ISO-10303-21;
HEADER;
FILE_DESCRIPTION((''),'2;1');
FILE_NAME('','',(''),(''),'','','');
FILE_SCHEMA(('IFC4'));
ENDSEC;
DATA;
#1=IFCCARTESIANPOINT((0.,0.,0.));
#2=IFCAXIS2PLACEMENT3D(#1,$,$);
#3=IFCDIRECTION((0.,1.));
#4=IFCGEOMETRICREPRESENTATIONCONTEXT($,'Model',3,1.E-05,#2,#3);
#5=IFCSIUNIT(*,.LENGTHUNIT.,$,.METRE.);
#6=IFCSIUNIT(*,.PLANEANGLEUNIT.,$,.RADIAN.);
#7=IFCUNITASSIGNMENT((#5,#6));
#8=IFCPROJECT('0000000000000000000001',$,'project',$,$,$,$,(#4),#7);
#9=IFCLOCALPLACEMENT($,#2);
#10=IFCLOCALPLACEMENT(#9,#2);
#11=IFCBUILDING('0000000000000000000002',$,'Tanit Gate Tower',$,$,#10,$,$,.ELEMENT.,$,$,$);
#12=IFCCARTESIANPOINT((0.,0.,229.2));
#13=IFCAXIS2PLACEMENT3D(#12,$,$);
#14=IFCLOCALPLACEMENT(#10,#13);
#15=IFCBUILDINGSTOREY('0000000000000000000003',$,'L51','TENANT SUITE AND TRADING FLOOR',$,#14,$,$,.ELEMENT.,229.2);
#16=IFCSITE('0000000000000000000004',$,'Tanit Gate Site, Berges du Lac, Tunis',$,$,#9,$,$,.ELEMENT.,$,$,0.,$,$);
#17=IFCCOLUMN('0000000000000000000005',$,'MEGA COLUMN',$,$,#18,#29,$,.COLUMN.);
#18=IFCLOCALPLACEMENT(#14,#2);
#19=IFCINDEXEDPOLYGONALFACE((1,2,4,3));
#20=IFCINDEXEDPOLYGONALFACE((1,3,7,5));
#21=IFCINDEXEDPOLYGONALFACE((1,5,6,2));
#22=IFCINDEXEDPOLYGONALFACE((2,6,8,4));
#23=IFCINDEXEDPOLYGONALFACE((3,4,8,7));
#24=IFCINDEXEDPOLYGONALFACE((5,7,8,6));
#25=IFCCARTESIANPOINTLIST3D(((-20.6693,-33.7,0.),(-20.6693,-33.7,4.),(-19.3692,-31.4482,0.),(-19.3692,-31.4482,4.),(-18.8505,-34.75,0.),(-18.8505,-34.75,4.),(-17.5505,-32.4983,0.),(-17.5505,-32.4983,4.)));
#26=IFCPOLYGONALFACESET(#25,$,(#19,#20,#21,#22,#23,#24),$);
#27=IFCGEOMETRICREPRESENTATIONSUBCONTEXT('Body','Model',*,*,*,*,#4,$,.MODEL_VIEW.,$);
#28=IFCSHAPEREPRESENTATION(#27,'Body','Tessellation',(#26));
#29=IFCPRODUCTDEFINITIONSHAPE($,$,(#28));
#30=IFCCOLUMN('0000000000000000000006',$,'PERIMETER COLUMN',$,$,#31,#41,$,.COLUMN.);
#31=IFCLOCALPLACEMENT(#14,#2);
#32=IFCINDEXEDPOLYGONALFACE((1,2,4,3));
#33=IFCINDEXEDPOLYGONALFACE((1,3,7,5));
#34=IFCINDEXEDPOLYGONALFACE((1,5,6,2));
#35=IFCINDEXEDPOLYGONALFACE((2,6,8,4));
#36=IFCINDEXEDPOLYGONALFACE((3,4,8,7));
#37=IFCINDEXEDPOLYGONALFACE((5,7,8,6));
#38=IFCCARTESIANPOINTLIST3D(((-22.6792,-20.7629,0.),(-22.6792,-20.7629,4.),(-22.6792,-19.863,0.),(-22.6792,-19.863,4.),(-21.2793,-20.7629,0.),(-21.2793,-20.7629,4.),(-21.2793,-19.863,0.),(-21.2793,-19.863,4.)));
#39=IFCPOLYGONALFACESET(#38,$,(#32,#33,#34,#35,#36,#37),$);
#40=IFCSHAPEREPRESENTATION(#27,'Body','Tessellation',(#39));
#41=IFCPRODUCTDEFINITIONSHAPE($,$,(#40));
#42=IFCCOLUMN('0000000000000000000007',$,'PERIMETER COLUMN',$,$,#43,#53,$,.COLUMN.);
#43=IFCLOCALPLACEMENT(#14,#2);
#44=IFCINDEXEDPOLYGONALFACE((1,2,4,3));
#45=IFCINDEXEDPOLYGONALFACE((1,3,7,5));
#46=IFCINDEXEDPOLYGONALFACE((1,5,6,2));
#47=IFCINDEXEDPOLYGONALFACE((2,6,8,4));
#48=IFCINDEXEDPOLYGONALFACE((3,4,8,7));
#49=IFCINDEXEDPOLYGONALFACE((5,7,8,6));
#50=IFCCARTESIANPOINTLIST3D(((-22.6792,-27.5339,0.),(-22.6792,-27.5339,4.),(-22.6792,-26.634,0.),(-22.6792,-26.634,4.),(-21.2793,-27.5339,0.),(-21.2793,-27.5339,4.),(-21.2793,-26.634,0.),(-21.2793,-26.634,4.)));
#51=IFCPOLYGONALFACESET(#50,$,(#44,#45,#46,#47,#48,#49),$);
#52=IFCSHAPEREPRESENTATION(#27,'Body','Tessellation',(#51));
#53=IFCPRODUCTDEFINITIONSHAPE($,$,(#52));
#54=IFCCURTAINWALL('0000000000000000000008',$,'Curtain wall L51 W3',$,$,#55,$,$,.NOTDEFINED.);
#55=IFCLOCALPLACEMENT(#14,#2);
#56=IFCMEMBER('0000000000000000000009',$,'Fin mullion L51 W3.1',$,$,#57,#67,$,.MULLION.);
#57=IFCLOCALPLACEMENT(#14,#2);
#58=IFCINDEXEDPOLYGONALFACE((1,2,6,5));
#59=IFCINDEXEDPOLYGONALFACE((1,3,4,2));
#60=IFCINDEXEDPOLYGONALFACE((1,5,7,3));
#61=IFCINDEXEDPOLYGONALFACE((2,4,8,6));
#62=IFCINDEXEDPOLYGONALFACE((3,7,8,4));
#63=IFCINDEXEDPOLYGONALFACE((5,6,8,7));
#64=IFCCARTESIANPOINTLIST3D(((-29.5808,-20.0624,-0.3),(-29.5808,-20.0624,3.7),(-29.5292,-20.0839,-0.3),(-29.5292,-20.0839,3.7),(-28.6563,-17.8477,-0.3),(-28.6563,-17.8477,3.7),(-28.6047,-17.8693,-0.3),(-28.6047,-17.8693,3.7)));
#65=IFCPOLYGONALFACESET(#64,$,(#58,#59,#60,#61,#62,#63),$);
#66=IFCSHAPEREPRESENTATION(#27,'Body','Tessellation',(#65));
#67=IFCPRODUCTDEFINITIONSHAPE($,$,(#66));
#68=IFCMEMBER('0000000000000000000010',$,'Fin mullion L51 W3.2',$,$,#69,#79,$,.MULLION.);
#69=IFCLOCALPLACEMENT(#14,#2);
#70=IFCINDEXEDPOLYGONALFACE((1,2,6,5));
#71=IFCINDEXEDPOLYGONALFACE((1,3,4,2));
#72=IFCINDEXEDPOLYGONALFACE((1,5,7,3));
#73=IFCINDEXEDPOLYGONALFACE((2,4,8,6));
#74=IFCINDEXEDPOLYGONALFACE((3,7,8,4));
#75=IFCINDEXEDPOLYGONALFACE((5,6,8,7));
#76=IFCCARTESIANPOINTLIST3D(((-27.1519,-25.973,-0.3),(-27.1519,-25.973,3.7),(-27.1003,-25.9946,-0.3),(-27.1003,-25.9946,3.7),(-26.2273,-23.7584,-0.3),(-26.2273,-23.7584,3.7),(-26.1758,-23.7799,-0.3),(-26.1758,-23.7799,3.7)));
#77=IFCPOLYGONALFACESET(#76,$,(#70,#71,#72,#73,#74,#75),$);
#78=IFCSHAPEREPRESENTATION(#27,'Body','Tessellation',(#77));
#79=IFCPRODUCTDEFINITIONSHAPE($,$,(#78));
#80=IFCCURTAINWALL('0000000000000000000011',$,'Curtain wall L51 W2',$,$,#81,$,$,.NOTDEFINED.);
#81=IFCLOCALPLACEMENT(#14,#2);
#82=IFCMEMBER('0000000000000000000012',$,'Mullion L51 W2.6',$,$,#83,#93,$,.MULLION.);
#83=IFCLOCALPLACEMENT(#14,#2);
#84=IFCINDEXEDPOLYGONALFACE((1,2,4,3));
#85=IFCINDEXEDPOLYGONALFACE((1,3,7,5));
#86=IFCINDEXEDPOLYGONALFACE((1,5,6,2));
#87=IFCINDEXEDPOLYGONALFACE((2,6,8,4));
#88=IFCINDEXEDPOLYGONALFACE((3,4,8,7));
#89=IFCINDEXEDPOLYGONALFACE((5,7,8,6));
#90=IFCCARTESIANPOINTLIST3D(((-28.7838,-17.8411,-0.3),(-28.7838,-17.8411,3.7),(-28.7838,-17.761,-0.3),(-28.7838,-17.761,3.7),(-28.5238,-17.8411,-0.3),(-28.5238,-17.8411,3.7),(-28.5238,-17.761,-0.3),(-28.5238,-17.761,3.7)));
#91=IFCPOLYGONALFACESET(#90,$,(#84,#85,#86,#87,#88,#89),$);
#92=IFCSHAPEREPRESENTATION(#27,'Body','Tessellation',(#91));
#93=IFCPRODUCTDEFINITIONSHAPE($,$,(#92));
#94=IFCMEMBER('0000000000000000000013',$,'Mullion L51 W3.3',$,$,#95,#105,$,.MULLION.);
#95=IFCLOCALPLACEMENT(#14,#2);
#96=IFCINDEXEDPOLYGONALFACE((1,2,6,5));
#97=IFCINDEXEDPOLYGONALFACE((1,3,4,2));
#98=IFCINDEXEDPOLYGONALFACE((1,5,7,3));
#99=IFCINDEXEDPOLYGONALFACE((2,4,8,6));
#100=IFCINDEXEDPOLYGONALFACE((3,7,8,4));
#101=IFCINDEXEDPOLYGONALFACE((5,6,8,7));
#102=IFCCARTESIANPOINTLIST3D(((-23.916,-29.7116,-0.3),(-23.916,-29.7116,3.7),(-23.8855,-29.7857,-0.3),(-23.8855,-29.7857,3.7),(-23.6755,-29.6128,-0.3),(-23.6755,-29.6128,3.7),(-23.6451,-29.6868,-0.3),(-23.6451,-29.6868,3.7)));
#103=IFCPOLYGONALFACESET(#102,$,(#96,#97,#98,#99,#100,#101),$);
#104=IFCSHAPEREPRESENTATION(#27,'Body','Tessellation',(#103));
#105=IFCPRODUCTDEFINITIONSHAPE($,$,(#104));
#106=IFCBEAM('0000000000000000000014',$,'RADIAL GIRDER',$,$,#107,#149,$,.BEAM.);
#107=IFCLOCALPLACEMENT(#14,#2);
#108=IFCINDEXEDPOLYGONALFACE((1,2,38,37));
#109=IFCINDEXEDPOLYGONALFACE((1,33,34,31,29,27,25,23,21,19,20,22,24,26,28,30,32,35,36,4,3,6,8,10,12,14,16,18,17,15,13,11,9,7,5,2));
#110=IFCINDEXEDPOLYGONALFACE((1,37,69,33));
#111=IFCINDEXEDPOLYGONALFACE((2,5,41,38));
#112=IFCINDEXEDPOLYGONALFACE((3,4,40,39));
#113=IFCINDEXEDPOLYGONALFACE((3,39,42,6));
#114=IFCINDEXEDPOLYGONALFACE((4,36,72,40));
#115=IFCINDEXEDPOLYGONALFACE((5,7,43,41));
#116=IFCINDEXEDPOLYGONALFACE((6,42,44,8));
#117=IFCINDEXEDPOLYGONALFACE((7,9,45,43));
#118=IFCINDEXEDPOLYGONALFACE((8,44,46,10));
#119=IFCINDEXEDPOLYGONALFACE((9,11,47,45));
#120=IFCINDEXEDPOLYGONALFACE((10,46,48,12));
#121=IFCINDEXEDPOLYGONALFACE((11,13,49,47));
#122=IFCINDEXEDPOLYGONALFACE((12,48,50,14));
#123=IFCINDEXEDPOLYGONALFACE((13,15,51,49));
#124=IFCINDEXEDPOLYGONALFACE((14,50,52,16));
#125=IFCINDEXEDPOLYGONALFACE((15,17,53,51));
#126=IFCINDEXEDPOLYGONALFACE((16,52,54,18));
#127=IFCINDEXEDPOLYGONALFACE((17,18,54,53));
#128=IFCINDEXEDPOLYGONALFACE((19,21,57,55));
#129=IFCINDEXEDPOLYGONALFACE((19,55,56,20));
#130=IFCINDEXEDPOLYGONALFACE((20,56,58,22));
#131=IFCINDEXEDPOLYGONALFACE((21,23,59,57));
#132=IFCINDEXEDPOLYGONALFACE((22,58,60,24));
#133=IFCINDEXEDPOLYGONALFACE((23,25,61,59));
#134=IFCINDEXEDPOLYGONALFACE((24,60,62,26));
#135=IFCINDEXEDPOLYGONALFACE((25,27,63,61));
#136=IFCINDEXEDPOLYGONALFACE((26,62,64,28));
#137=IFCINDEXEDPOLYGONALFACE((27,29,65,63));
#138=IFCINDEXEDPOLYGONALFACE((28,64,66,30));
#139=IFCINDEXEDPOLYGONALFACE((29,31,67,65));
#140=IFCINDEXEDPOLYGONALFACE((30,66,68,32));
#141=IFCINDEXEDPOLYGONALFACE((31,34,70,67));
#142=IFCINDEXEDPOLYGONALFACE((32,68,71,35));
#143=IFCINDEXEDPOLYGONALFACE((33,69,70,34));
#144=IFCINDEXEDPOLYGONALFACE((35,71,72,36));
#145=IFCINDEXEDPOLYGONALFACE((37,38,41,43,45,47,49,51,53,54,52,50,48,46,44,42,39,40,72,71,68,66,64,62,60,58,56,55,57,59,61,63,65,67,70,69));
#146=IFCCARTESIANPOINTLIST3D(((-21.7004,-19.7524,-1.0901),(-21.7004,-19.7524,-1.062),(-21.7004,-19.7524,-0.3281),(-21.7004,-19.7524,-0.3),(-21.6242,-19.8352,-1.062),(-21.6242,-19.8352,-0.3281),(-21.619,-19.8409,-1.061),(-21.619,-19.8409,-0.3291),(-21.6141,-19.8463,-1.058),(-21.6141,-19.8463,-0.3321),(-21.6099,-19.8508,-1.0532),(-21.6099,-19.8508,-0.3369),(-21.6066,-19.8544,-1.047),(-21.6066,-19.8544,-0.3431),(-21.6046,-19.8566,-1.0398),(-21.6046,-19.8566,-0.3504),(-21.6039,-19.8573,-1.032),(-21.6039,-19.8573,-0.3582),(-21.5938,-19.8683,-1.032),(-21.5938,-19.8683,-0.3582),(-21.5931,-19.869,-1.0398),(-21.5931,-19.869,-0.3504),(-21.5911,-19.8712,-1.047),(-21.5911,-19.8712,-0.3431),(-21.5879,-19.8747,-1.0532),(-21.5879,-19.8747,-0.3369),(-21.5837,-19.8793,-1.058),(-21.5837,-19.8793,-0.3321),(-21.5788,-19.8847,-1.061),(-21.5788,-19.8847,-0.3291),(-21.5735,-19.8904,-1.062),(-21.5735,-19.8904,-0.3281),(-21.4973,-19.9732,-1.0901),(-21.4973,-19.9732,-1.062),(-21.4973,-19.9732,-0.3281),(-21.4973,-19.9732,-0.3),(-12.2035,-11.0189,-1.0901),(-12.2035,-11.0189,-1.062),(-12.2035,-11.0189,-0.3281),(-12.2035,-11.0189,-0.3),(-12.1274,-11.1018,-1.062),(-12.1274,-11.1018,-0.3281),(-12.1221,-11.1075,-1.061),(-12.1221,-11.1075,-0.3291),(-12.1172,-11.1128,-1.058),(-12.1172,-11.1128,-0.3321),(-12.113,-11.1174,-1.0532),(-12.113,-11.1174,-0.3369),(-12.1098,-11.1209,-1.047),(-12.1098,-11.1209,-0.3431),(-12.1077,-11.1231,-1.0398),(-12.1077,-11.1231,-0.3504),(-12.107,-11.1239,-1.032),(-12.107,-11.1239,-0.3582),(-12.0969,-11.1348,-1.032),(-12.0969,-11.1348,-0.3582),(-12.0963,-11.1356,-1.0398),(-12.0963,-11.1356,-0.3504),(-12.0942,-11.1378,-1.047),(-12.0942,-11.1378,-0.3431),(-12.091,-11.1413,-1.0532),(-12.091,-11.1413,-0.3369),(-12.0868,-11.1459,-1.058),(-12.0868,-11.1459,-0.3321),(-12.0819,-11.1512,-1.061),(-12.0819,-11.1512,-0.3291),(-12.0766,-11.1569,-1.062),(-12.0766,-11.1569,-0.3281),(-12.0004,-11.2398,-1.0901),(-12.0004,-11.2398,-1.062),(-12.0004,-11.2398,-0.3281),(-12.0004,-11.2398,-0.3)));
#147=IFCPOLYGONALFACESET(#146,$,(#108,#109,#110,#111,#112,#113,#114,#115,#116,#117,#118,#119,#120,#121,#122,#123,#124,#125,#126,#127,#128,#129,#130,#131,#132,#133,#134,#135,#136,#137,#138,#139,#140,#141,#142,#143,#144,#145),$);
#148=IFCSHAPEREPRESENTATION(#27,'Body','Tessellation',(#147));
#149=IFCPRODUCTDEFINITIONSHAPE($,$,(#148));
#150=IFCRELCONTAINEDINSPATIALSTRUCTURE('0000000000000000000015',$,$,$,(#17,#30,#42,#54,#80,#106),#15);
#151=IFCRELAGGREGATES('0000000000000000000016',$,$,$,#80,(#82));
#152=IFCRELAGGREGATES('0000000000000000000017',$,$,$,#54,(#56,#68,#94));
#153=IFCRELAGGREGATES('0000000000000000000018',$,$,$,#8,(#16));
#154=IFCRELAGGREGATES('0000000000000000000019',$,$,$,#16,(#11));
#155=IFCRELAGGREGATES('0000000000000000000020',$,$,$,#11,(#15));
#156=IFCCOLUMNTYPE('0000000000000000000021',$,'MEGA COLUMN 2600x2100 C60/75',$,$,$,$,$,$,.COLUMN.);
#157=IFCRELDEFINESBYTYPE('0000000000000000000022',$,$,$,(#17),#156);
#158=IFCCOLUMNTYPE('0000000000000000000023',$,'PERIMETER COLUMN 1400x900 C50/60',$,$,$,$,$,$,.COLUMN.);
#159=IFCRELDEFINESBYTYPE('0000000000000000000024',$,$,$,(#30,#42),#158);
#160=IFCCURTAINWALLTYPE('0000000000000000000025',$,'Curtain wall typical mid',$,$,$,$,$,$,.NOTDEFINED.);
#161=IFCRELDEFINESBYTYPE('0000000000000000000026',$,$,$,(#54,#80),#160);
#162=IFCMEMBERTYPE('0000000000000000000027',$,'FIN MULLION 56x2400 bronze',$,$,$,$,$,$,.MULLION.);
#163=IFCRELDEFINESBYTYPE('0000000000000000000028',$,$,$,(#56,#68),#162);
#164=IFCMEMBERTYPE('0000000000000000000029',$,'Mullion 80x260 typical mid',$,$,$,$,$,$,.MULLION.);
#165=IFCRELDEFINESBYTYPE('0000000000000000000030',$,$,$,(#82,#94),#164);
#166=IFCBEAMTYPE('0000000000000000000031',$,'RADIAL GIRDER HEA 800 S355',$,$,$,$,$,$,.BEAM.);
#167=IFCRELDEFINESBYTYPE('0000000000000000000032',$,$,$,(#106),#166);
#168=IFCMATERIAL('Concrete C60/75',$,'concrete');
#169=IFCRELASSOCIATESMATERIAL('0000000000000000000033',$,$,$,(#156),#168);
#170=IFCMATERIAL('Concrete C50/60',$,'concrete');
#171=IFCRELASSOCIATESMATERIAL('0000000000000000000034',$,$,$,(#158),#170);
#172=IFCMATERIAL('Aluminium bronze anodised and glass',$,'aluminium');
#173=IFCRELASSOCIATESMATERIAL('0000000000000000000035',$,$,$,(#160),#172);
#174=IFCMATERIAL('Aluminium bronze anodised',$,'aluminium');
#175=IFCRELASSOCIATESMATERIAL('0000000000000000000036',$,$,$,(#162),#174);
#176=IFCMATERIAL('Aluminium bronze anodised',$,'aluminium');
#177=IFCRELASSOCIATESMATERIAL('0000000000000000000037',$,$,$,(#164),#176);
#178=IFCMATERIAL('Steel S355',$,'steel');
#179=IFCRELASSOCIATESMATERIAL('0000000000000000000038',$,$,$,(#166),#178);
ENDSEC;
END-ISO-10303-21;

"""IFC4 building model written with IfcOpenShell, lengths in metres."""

from ifc_helpers import new_model, si_unit, direction, frame, origin, origin_2d, place, context, subcontext, project, spatial, rectangle, i_section, extrude, material, material_profile, profile_set, type_object, element, aggregate, save


model = new_model("IFC4")

# Units and contexts
model_context = context("Model", 3, precision=1e-05, world=origin(), true_north=direction((0.0, 1.0)))
body_context = subcontext(model_context, "Body", "Model", "MODEL_VIEW")
ifc_project = project(units=[si_unit("LENGTHUNIT", "METRE"), si_unit("PLANEANGLEUNIT", "RADIAN")], contexts=[model_context])

# Site, building, storey
site_placement = place(None, origin())
site = spatial("IfcSite", under=ifc_project, at=site_placement, Name="Tanit Gate Site, Berges du Lac, Tunis", CompositionType="ELEMENT", RefElevation=0.0)
building_placement = place(site_placement, origin())
building = spatial("IfcBuilding", under=site, at=building_placement, Name="Tanit Gate Tower", CompositionType="ELEMENT")
storey_placement = place(building_placement, frame((0.0, 0.0, 229.2)))
storey = spatial("IfcBuildingStorey", under=building, at=storey_placement, Name="L51", Description="TENANT SUITE AND TRADING FLOOR", CompositionType="ELEMENT", Elevation=229.2)

# Columns
ifc_material_1 = material(Name="Concrete C60/75", Category="concrete")
ifc_material_profile_1 = material_profile(ifc_material_1, rectangle(XDim=2.6001, YDim=2.1001, at=origin_2d()), Name="RC 2600x2100")
ifc_profile_set_1 = profile_set([ifc_material_profile_1], Name="Concrete C60/75")
column_type_1 = type_object("IfcColumnType", Name="MEGA COLUMN 2600x2100 C60/75", PredefinedType="COLUMN", material=ifc_profile_set_1)
column_placement = place(storey_placement, frame((-19.1099, -33.0991, 0.0), z_axis=(0.0, 0.0, 1.0), x_axis=(-0.5, -0.866025, 0.0)))
element("IfcColumn", 1, at=column_placement, inside=storey, type_object=column_type_1, Name="MEGA COLUMN", PredefinedType="COLUMN", context=body_context, shape_type="SweptSolid", body=[
    extrude(rectangle(XDim=2.6001, YDim=2.1001, at=origin_2d()), origin(), (0.0, 0.0, 1.0), 4.0),
])
ifc_material_2 = material(Name="Concrete C50/60", Category="concrete")
ifc_material_profile_2 = material_profile(ifc_material_2, rectangle(XDim=1.3999, YDim=0.8999, at=origin_2d()), Name="RC 1400x900")
ifc_profile_set_2 = profile_set([ifc_material_profile_2], Name="Concrete C50/60")
column_type_2 = type_object("IfcColumnType", Name="PERIMETER COLUMN 1400x900 C50/60", PredefinedType="COLUMN", material=ifc_profile_set_2)
for number, where, z_axis, x_axis, name in (
    (2, (-21.9792, -20.313, 0.0), (0.0, 0.0, 1.0), (-1.0, 0.0, 0.0), "PERIMETER COLUMN"),
    (3, (-21.9792, -27.084, 0.0), (0.0, 0.0, 1.0), (-1.0, 0.0, 0.0), "PERIMETER COLUMN"),
):
    element("IfcColumn", number, at=place(storey_placement, frame(where, z_axis=z_axis, x_axis=x_axis)), inside=storey, type_object=column_type_2, Name=name, PredefinedType="COLUMN", context=body_context, shape_type="SweptSolid", body=[
        extrude(rectangle(XDim=1.3999, YDim=0.8999, at=origin_2d()), origin(), (0.0, 0.0, 1.0), 4.0),
    ])

# Curtain wall, members
ifc_material_3 = material(Name="Aluminium bronze anodised and glass", Category="aluminium")
curtain_wall_type = type_object("IfcCurtainWallType", Name="Curtain wall typical mid", PredefinedType="NOTDEFINED", material=ifc_material_3)
curtain_wall_1_placement = place(storey_placement, origin())
curtain_wall_1 = element("IfcCurtainWall", 4, at=curtain_wall_1_placement, inside=storey, type_object=curtain_wall_type, Name="Curtain wall L51 W3", PredefinedType="NOTDEFINED")
ifc_material_4 = material(Name="Aluminium bronze anodised", Category="aluminium")
ifc_material_profile_3 = material_profile(ifc_material_4, rectangle(XDim=2.3999, YDim=0.0559, at=origin_2d()), Name="56x2400 bronze fin mullion")
ifc_profile_set_3 = profile_set([ifc_material_profile_3], Name="Aluminium bronze anodised")
member_type_1 = type_object("IfcMemberType", Name="FIN MULLION 56x2400 bronze", PredefinedType="MULLION", material=ifc_profile_set_3)
member_1_placement = place(storey_placement, frame((-29.0928, -18.9658, -0.3), z_axis=(0.0, 0.0, 1.0), x_axis=(0.385238, 0.922817, 0.0)))
member_1 = element("IfcMember", 5, at=member_1_placement, type_object=member_type_1, Name="Fin mullion L51 W3.1", PredefinedType="MULLION", context=body_context, shape_type="SweptSolid", body=[
    extrude(rectangle(XDim=2.3999, YDim=0.0559, at=origin_2d()), origin(), (0.0, 0.0, 1.0), 4.0),
])
member_2_placement = place(storey_placement, frame((-26.6638, -24.8765, -0.3), z_axis=(0.0, 0.0, 1.0), x_axis=(0.385238, 0.922817, 0.0)))
member_2 = element("IfcMember", 6, at=member_2_placement, type_object=member_type_1, Name="Fin mullion L51 W3.2", PredefinedType="MULLION", context=body_context, shape_type="SweptSolid", body=[
    extrude(rectangle(XDim=2.3999, YDim=0.0559, at=origin_2d()), origin(), (0.0, 0.0, 1.0), 4.0),
])

# Curtain wall, member
curtain_wall_2_placement = place(storey_placement, origin())
curtain_wall_2 = element("IfcCurtainWall", 7, at=curtain_wall_2_placement, inside=storey, type_object=curtain_wall_type, Name="Curtain wall L51 W2", PredefinedType="NOTDEFINED")
ifc_material_5 = material(Name="Aluminium bronze anodised", Category="aluminium")
ifc_material_profile_4 = material_profile(ifc_material_5, rectangle(XDim=0.26, YDim=0.0801, at=origin_2d()), Name="80x260 bronze mullion")
ifc_profile_set_4 = profile_set([ifc_material_profile_4], Name="Aluminium bronze anodised")
member_type_2 = type_object("IfcMemberType", Name="Mullion 80x260 typical mid", PredefinedType="MULLION", material=ifc_profile_set_4)
member_3_placement = place(storey_placement, frame((-28.6538, -17.801, -0.3), z_axis=(0.0, 0.0, 1.0), x_axis=(1.0, 0.000069, 0.0)))
member_3 = element("IfcMember", 8, at=member_3_placement, type_object=member_type_2, Name="Mullion L51 W2.6", PredefinedType="MULLION", context=body_context, shape_type="SweptSolid", body=[
    extrude(rectangle(XDim=0.26, YDim=0.0801, at=origin_2d()), origin(), (0.0, 0.0, 1.0), 4.0),
])
aggregate(curtain_wall_2, [member_3])

# Member
member_4_placement = place(storey_placement, frame((-23.7805, -29.6992, -0.3), z_axis=(0.0, 0.0, 1.0), x_axis=(0.924935, 0.380126, 0.0)))
member_4 = element("IfcMember", 9, at=member_4_placement, type_object=member_type_2, Name="Mullion L51 W3.3", PredefinedType="MULLION", context=body_context, shape_type="SweptSolid", body=[
    extrude(rectangle(XDim=0.26, YDim=0.0801, at=origin_2d()), origin(), (0.0, 0.0, 1.0), 4.0),
])

# Beam
ifc_material_6 = material(Name="Steel S355", Category="steel")
ifc_material_profile_5 = material_profile(ifc_material_6, i_section(OverallWidth=0.3, OverallDepth=0.79, WebThickness=0.0149, FlangeThickness=0.0281, FilletRadius=0.03, at=origin_2d()), Name="HEA 800")
ifc_profile_set_5 = profile_set([ifc_material_profile_5], Name="Steel S355")
beam_type_1 = type_object("IfcBeamType", Name="RADIAL GIRDER HEA 800 S355", PredefinedType="BEAM", material=ifc_profile_set_5)
beam_1_placement = place(storey_placement, frame((-21.5989, -19.8628, -0.6951), z_axis=(0.736073, 0.676902, 0.0), x_axis=(-0.676902, 0.736073, 0.0)))
element("IfcBeam", 10, at=beam_1_placement, inside=storey, type_object=beam_type_1, Name="RADIAL GIRDER", PredefinedType="BEAM", context=body_context, shape_type="SweptSolid", body=[
    extrude(i_section(OverallWidth=0.3, OverallDepth=0.79, WebThickness=0.0149, FlangeThickness=0.0281, FilletRadius=0.03, at=origin_2d()), origin(), (0.0, 0.0, 1.0), 12.9021),
])

aggregate(curtain_wall_1, [member_1, member_2, member_4])

save(model, "model.ifc")
